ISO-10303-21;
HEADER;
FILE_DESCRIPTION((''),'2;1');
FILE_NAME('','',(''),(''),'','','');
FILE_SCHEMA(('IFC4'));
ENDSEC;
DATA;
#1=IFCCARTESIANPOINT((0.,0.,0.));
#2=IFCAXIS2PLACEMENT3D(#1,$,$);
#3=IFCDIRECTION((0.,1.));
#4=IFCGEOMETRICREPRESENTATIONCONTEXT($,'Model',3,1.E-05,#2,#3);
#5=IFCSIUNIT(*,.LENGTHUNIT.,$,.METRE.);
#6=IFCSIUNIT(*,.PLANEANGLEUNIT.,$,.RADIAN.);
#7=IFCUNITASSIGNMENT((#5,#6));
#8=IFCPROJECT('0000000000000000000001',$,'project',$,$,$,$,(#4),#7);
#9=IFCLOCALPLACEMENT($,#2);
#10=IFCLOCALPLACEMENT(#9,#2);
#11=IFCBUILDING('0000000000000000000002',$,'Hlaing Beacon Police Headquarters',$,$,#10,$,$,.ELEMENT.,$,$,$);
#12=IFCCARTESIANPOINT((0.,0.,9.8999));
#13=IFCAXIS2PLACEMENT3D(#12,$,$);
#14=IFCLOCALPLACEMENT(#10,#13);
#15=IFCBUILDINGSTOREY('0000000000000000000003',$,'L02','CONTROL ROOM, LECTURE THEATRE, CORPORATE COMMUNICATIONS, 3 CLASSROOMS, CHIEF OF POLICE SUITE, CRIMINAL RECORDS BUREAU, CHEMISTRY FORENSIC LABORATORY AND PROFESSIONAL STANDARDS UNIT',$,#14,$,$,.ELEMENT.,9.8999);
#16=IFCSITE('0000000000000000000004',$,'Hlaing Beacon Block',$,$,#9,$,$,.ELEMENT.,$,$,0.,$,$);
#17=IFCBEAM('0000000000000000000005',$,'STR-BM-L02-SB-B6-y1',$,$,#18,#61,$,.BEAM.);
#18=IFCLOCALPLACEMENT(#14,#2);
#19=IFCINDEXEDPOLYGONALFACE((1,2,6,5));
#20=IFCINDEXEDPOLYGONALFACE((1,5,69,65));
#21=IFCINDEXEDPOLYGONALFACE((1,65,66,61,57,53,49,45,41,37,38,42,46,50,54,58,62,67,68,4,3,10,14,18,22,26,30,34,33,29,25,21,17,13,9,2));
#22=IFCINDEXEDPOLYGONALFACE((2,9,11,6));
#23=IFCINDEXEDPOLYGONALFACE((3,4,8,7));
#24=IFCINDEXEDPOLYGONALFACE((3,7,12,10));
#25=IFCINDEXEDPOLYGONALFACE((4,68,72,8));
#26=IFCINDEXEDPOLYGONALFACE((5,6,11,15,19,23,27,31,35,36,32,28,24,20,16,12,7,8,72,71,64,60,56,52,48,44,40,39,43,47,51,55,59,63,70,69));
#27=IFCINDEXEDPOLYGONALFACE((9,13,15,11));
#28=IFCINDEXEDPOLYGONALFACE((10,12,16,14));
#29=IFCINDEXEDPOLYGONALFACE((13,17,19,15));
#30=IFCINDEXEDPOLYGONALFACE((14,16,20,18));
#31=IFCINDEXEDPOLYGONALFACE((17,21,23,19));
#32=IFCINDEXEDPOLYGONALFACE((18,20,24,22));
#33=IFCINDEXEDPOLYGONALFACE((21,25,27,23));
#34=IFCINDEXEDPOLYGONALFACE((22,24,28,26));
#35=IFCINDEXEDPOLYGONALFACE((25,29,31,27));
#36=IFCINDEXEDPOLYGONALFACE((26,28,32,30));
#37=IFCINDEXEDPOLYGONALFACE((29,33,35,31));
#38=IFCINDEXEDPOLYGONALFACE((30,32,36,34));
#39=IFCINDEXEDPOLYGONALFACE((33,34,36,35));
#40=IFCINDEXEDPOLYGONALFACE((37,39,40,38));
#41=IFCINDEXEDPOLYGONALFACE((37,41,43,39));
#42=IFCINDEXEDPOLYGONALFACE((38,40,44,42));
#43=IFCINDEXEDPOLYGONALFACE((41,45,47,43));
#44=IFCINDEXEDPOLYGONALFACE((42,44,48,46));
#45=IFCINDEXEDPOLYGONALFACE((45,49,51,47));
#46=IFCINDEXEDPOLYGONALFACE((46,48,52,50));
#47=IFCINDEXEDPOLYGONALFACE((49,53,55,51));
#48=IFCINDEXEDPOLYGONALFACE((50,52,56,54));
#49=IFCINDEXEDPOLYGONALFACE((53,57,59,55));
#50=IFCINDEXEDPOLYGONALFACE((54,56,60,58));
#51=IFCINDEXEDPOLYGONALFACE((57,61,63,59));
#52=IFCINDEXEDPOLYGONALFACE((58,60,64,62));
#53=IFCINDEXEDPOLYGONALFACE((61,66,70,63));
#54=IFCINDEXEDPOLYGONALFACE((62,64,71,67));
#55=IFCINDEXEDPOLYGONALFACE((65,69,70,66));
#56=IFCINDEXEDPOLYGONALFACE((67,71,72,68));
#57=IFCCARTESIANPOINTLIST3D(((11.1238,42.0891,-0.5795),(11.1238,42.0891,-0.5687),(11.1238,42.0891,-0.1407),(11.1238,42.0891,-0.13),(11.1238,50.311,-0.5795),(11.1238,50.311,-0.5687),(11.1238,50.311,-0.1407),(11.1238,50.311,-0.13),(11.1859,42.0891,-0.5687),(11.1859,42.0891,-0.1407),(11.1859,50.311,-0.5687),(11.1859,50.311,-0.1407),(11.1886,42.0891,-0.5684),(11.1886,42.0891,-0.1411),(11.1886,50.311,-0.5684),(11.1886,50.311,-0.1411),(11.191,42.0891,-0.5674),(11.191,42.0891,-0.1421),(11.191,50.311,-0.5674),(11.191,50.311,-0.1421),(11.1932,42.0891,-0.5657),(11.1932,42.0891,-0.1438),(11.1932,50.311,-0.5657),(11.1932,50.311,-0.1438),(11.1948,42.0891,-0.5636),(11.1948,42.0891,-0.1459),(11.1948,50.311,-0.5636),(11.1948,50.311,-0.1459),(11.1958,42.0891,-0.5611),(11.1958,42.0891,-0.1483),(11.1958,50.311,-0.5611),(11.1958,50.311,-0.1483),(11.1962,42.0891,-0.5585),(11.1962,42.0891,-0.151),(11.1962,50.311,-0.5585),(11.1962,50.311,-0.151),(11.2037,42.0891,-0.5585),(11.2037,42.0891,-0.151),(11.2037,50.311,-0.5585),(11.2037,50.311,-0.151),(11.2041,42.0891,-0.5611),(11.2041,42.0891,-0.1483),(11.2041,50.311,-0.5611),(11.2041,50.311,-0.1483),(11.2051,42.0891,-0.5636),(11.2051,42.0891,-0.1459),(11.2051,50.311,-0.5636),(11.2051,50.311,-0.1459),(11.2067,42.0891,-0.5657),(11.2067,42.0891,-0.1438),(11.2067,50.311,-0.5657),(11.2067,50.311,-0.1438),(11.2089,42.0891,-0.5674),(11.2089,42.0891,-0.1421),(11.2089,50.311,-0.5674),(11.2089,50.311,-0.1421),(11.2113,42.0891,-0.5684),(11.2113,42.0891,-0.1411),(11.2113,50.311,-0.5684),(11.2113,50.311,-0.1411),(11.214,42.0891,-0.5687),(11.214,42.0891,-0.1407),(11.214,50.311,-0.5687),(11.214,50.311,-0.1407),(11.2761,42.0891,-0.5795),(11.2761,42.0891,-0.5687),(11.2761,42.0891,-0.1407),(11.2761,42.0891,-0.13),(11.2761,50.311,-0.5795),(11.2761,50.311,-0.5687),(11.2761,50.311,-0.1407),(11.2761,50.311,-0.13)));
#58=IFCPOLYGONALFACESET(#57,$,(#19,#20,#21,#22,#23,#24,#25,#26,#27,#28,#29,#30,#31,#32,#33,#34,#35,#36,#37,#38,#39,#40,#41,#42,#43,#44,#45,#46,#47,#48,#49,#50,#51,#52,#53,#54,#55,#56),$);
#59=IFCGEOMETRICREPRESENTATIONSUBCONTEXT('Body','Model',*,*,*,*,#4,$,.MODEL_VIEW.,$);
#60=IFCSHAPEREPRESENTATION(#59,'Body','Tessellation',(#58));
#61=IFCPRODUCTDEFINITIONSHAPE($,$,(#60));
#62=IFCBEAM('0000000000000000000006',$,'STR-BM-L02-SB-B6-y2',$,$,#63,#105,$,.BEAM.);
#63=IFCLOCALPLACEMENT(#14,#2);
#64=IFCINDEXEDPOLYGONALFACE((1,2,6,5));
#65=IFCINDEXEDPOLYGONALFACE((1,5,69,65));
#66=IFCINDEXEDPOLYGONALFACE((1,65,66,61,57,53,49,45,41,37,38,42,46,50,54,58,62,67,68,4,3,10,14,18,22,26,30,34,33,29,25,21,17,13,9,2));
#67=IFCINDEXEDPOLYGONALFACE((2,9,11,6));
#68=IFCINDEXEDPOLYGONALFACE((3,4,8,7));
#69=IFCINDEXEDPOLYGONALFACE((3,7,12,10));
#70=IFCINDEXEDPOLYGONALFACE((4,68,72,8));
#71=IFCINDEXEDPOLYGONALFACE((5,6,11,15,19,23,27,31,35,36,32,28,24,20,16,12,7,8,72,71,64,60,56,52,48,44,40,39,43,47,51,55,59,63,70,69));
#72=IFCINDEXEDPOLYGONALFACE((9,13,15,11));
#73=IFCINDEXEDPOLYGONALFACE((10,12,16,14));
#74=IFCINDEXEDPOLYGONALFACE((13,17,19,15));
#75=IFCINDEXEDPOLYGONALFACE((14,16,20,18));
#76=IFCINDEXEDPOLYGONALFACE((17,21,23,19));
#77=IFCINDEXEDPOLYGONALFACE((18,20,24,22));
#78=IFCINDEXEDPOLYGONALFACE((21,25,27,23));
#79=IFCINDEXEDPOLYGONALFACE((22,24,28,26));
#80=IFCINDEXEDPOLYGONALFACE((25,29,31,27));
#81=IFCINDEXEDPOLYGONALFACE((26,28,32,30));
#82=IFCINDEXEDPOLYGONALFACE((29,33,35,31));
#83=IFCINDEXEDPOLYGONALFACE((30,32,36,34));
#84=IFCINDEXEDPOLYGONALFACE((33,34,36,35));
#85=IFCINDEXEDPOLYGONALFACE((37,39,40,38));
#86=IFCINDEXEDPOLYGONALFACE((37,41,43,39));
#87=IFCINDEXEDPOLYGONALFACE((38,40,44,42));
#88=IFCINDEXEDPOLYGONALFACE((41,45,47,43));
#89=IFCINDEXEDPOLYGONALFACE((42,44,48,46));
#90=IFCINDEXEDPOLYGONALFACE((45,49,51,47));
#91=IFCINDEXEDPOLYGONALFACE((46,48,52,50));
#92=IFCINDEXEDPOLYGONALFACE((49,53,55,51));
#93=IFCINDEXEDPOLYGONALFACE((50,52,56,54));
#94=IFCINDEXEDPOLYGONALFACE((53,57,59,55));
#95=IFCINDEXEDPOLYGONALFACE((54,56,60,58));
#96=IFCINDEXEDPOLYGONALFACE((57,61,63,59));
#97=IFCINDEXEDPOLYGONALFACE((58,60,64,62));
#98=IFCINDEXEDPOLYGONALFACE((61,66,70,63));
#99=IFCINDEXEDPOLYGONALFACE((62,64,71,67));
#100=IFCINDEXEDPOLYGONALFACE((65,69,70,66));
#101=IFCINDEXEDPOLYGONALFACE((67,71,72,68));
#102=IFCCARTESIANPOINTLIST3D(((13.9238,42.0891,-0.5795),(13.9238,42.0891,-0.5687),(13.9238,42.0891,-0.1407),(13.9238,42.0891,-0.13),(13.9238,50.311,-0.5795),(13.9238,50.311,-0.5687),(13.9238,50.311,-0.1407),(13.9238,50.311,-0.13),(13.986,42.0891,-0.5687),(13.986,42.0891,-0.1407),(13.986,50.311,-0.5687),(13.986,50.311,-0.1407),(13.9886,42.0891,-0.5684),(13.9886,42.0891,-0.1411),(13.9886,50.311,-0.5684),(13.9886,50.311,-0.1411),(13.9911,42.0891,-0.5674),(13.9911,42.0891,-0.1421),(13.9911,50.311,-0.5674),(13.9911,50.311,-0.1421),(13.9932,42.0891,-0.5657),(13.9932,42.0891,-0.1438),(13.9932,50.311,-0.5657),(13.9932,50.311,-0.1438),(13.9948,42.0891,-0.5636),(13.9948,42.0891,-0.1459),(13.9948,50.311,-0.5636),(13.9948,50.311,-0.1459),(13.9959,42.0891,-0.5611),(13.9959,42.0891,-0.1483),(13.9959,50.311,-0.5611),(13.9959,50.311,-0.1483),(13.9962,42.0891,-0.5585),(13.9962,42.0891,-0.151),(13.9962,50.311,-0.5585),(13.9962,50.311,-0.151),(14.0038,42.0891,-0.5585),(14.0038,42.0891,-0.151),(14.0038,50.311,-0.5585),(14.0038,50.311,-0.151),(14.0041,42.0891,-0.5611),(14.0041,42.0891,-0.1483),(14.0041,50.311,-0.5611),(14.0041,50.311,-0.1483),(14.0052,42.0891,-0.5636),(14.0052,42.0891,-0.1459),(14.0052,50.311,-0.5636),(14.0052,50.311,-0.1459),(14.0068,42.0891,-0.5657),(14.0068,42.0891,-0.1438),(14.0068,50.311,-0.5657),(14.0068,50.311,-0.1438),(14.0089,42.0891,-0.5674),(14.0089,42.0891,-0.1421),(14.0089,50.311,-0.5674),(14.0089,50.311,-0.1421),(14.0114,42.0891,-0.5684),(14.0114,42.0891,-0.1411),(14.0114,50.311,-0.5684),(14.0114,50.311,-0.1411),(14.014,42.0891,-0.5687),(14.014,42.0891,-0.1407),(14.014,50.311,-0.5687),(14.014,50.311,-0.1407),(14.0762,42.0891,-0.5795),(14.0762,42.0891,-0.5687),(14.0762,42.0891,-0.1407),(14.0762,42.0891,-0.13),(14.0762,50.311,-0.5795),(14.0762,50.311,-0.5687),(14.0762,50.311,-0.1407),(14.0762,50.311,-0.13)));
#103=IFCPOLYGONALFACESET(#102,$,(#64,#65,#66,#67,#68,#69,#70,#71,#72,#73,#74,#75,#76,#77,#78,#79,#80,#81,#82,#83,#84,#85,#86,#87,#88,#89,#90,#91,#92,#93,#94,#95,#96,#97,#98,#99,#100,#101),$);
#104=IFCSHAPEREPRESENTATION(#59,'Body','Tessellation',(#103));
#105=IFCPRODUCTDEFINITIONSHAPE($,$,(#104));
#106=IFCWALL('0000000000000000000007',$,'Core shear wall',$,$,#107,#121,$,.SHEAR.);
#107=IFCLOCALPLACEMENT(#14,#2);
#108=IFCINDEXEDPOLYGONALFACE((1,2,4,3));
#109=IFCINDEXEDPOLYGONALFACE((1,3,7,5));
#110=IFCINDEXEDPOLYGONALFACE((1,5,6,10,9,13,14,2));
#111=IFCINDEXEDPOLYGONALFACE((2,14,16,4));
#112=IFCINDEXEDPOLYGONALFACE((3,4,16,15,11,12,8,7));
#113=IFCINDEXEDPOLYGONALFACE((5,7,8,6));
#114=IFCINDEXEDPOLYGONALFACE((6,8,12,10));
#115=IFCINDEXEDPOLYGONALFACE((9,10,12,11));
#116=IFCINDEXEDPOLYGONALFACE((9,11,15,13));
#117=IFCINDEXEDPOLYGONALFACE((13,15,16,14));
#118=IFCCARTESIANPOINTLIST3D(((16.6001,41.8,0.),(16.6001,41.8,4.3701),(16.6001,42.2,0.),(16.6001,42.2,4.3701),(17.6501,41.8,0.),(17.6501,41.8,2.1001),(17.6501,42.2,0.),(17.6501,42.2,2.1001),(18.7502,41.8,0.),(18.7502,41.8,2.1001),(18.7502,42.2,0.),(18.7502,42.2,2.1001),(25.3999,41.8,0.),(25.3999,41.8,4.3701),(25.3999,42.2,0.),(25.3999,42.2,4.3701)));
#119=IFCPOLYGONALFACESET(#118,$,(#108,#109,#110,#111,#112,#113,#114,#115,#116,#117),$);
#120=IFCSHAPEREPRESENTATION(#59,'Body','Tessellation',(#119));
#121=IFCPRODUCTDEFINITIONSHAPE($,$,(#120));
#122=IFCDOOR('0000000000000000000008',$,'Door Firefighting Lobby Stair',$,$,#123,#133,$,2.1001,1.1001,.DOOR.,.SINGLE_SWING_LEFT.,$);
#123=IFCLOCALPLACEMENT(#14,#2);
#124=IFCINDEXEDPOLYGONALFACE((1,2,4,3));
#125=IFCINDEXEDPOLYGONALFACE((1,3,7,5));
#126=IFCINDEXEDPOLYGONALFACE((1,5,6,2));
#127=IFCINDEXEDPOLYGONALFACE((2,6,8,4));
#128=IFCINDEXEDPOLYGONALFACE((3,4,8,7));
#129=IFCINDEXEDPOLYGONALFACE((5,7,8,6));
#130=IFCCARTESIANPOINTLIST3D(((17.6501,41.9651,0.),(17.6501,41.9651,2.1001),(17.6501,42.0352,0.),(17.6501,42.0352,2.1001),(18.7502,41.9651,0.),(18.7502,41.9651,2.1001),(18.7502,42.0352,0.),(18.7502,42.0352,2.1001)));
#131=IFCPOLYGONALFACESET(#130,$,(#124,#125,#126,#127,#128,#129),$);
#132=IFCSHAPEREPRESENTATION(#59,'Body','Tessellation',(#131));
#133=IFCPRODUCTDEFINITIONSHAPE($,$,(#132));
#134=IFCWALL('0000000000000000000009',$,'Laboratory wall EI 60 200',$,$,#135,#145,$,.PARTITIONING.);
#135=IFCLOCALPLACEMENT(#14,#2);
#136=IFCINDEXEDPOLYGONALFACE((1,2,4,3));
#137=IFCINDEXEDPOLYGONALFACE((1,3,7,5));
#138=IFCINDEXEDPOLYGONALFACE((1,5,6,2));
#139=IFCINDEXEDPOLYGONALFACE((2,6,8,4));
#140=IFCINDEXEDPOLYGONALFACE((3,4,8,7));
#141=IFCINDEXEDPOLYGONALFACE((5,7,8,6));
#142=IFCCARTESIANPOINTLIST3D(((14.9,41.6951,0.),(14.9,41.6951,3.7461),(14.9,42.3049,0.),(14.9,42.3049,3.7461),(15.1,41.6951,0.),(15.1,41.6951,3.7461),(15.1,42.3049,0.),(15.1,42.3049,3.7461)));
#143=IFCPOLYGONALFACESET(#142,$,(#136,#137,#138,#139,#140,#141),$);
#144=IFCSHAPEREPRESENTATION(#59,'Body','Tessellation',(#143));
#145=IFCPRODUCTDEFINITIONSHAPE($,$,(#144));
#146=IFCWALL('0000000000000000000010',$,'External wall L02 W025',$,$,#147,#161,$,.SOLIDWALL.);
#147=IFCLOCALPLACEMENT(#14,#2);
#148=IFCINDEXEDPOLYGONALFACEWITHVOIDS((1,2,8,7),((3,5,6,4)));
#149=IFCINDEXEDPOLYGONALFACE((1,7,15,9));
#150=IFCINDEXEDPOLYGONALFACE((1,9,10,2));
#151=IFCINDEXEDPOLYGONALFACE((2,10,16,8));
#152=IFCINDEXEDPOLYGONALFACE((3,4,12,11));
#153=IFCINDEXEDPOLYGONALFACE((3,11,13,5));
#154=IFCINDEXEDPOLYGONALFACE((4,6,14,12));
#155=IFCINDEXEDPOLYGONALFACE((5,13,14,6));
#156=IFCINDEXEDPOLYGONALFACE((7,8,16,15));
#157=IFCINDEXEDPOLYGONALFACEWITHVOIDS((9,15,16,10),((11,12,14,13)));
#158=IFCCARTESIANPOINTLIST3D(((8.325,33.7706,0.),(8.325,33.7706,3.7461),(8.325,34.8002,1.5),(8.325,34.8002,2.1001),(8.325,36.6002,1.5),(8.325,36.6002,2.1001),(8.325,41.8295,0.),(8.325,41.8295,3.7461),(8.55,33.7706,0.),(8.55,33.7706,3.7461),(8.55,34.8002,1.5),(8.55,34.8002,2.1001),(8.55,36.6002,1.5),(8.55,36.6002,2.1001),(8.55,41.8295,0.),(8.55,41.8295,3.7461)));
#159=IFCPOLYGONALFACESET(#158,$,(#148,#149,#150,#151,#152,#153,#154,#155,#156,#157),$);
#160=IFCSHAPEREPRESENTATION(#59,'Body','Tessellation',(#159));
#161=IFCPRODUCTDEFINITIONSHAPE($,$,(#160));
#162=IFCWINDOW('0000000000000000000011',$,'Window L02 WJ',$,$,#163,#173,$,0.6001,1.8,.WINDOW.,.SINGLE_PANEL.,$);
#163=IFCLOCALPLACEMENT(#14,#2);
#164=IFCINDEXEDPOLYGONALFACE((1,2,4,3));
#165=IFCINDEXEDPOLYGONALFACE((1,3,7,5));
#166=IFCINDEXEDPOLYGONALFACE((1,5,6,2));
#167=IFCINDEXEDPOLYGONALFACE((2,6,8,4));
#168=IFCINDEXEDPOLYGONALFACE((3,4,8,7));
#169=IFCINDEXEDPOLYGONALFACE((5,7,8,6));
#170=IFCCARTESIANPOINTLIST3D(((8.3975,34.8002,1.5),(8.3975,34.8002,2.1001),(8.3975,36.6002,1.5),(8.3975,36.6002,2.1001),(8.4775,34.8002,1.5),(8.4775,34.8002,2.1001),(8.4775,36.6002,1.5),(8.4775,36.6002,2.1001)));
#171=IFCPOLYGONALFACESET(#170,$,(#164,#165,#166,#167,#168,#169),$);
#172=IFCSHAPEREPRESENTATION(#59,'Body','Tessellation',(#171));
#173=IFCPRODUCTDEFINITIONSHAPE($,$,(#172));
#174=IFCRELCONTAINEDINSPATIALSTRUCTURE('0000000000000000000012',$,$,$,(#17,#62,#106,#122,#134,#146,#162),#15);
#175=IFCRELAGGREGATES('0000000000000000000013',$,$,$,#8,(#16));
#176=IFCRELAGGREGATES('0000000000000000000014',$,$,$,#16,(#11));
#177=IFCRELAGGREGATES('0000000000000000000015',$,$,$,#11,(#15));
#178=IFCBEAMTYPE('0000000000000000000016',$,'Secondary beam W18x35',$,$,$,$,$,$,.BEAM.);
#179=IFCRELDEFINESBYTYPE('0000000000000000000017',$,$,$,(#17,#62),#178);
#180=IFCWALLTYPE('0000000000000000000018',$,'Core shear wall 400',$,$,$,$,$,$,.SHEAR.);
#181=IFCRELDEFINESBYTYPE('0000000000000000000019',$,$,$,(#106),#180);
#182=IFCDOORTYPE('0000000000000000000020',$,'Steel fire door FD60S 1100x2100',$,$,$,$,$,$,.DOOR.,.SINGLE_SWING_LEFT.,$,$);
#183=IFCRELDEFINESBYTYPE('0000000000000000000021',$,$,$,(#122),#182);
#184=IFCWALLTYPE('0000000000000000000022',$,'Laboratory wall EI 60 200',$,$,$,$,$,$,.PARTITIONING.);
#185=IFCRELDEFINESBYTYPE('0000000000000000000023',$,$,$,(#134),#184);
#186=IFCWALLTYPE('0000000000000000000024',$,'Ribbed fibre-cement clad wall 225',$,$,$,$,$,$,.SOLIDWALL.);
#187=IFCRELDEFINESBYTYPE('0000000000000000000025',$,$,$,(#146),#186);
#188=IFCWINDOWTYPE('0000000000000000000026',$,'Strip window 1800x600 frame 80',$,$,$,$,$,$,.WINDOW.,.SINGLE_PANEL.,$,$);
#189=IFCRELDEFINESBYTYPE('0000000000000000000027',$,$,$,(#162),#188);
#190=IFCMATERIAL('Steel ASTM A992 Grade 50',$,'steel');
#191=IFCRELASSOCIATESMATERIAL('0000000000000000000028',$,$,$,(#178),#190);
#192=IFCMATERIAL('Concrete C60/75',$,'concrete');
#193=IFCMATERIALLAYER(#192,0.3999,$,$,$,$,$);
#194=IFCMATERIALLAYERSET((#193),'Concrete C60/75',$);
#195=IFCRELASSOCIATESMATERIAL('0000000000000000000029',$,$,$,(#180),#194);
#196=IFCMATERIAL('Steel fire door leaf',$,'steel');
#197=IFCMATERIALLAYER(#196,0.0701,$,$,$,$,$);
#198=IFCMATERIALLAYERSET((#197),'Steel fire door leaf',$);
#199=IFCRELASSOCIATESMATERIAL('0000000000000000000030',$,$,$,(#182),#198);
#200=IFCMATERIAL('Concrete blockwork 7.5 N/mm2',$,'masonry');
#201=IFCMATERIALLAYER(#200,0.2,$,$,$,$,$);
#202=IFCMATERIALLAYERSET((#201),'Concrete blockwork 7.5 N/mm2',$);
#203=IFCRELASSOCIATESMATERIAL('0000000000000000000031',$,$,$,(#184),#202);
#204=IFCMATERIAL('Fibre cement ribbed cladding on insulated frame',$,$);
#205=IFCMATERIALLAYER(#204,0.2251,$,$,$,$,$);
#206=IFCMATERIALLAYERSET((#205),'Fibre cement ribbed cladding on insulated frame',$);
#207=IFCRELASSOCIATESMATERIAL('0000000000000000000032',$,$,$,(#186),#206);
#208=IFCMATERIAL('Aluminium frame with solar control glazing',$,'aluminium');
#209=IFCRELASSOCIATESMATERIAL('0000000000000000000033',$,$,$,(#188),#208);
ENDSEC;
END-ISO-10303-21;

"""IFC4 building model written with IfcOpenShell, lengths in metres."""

from ifc_helpers import new_model, si_unit, direction, frame, frame_2d, origin, origin_2d, place, context, subcontext, project, spatial, rectangle, i_section, extrude, material, layer, layer_set, material_profile, profile_set, type_object, element, fill, save


model = new_model("IFC4")

# Units and contexts
model_context = context("Model", 3, precision=1e-05, world=origin(), true_north=direction((0.0, 1.0)))
body_context = subcontext(model_context, "Body", "Model", "MODEL_VIEW")
ifc_project = project(units=[si_unit("LENGTHUNIT", "METRE"), si_unit("PLANEANGLEUNIT", "RADIAN")], contexts=[model_context])

# Site, building, storey
site_placement = place(None, origin())
site = spatial("IfcSite", under=ifc_project, at=site_placement, Name="Hlaing Beacon Block", CompositionType="ELEMENT", RefElevation=0.0)
building_placement = place(site_placement, origin())
building = spatial("IfcBuilding", under=site, at=building_placement, Name="Hlaing Beacon Police Headquarters", CompositionType="ELEMENT")
storey_placement = place(building_placement, frame((0.0, 0.0, 9.8999)))
storey = spatial("IfcBuildingStorey", under=building, at=storey_placement, Name="L02", Description="CONTROL ROOM, LECTURE THEATRE, CORPORATE COMMUNICATIONS, 3 CLASSROOMS, CHIEF OF POLICE SUITE, CRIMINAL RECORDS BUREAU, CHEMISTRY FORENSIC LABORATORY AND PROFESSIONAL STANDARDS UNIT", CompositionType="ELEMENT", Elevation=9.8999)

# Beams
ifc_material_1 = material(Name="Steel ASTM A992 Grade 50", Category="steel")
ifc_material_profile_1 = material_profile(ifc_material_1, i_section(OverallWidth=0.1523, OverallDepth=0.4495, WebThickness=0.0076, FlangeThickness=0.0107, FilletRadius=0.0103, at=origin_2d()), Name="W18x35")
ifc_profile_set_1 = profile_set([ifc_material_profile_1], Name="Steel ASTM A992 Grade 50")
beam_type_1 = type_object("IfcBeamType", Name="Secondary beam W18x35", PredefinedType="BEAM", material=ifc_profile_set_1)
for number, where, z_axis, x_axis, name in (
    (1, (11.2, 42.0891, -0.3547), (0.0, 1.0, 0.0), (-1.0, 0.0, 0.0), "STR-BM-L02-SB-B6-y1"),
    (2, (14.0, 42.0891, -0.3547), (0.0, 1.0, 0.0), (-1.0, 0.0, 0.0), "STR-BM-L02-SB-B6-y2"),
):
    element("IfcBeam", number, at=place(storey_placement, frame(where, z_axis=z_axis, x_axis=x_axis)), inside=storey, type_object=beam_type_1, Name=name, PredefinedType="BEAM", context=body_context, shape_type="SweptSolid", body=[
        extrude(i_section(OverallWidth=0.1523, OverallDepth=0.4495, WebThickness=0.0076, FlangeThickness=0.0107, FilletRadius=0.0103, at=origin_2d()), origin(), (0.0, 0.0, 1.0), 8.2219),
    ])

# Wall, opening, door
ifc_material_2 = material(Name="Concrete C60/75", Category="concrete")
ifc_layer_1 = layer(ifc_material_2, 0.3999)
ifc_layer_set_1 = layer_set([ifc_layer_1], Name="Concrete C60/75")
wall_type_1 = type_object("IfcWallType", Name="Core shear wall 400", PredefinedType="SHEAR", material=ifc_layer_set_1)
wall_1_placement = place(storey_placement, frame((16.6001, 42.0, 0.0), z_axis=(0.0, 0.0, 1.0), x_axis=(1.0, 0.0, 0.0)))
wall_1 = element("IfcWall", 3, at=wall_1_placement, inside=storey, type_object=wall_type_1, Name="Core shear wall", PredefinedType="SHEAR", context=body_context, shape_type="SweptSolid", body=[
    extrude(rectangle(XDim=8.7998, YDim=0.3999, at=frame_2d((4.3999, 0.0))), origin(), (0.0, 0.0, 1.0), 4.3701),
])
opening_1_placement = place(wall_1_placement, frame((1.05, 0.0, 0.0)))
opening_1 = element("IfcOpeningElement", 4, at=opening_1_placement, cuts=wall_1, PredefinedType="OPENING", context=body_context, shape_type="SweptSolid", body=[
    extrude(rectangle(XDim=1.1001, YDim=2.1001, at=frame_2d((0.55, 1.05))), frame((0.0, 0.21, 0.0), z_axis=(0.0, -1.0, 0.0), x_axis=(1.0, 0.0, 0.0)), (0.0, 0.0, 1.0), 0.4199),
])
ifc_material_3 = material(Name="Steel fire door leaf", Category="steel")
ifc_layer_2 = layer(ifc_material_3, 0.0701)
ifc_layer_set_2 = layer_set([ifc_layer_2], Name="Steel fire door leaf")
door_type_1 = type_object("IfcDoorType", Name="Steel fire door FD60S 1100x2100", OperationType="SINGLE_SWING_LEFT", PredefinedType="DOOR", material=ifc_layer_set_2)
door_1_placement = place(opening_1_placement, frame((1.1001, 0.0, 0.0), z_axis=(0.0, 0.0, 1.0), x_axis=(-1.0, 0.0, 0.0)))
door_1 = element("IfcDoor", 5, at=door_1_placement, inside=storey, type_object=door_type_1, Name="Door Firefighting Lobby Stair", OperationType="SINGLE_SWING_LEFT", OverallHeight=2.1001, OverallWidth=1.1001, PredefinedType="DOOR", context=body_context, shape_type="SweptSolid", body=[
    extrude(rectangle(XDim=1.1001, YDim=2.1001, at=frame_2d((0.55, 1.05))), frame((0.0, 0.0349, 0.0), z_axis=(0.0, -1.0, 0.0), x_axis=(1.0, 0.0, 0.0)), (0.0, 0.0, 1.0), 0.0701),
])
fill(opening_1, door_1)

# Wall
ifc_material_4 = material(Name="Concrete blockwork 7.5 N/mm2", Category="masonry")
ifc_layer_3 = layer(ifc_material_4, 0.2)
ifc_layer_set_3 = layer_set([ifc_layer_3], Name="Concrete blockwork 7.5 N/mm2")
wall_type_2 = type_object("IfcWallType", Name="Laboratory wall EI 60 200", PredefinedType="PARTITIONING", material=ifc_layer_set_3)
wall_2_placement = place(storey_placement, frame((15.0, 41.6951, 0.0), z_axis=(0.0, 0.0, 1.0), x_axis=(0.0, 1.0, 0.0)))
element("IfcWall", 6, at=wall_2_placement, inside=storey, type_object=wall_type_2, Name="Laboratory wall EI 60 200", PredefinedType="PARTITIONING", context=body_context, shape_type="SweptSolid", body=[
    extrude(rectangle(XDim=0.6099, YDim=0.2, at=frame_2d((0.3049, 0.0))), origin(), (0.0, 0.0, 1.0), 3.7461),
])

# Wall, opening, window
ifc_material_5 = material(Name="Fibre cement ribbed cladding on insulated frame")
ifc_layer_4 = layer(ifc_material_5, 0.2251)
ifc_layer_set_4 = layer_set([ifc_layer_4], Name="Fibre cement ribbed cladding on insulated frame")
wall_type_3 = type_object("IfcWallType", Name="Ribbed fibre-cement clad wall 225", PredefinedType="SOLIDWALL", material=ifc_layer_set_4)
wall_3_placement = place(storey_placement, frame((8.4375, 41.8293, 0.0), z_axis=(0.0, 0.0, 1.0), x_axis=(0.0, -1.0, 0.0)))
wall_3 = element("IfcWall", 7, at=wall_3_placement, inside=storey, type_object=wall_type_3, Name="External wall L02 W025", PredefinedType="SOLIDWALL", context=body_context, shape_type="SweptSolid", body=[
    extrude(rectangle(XDim=8.0588, YDim=0.2251, at=frame_2d((4.0293, 0.0))), origin(), (0.0, 0.0, 1.0), 3.7461),
])
opening_2_placement = place(wall_3_placement, frame((5.2292, 0.0, 1.5)))
opening_2 = element("IfcOpeningElement", 8, at=opening_2_placement, cuts=wall_3, PredefinedType="OPENING", context=body_context, shape_type="SweptSolid", body=[
    extrude(rectangle(XDim=1.8, YDim=0.6001, at=frame_2d((0.8999, 0.3))), frame((0.0, 0.1226, 0.0), z_axis=(0.0, -1.0, 0.0), x_axis=(1.0, 0.0, 0.0)), (0.0, 0.0, 1.0), 0.2451),
])
ifc_material_6 = material(Name="Aluminium frame with solar control glazing", Category="aluminium")
window_type = type_object("IfcWindowType", Name="Strip window 1800x600 frame 80", PartitioningType="SINGLE_PANEL", PredefinedType="WINDOW", material=ifc_material_6)
window_placement = place(opening_2_placement, origin())
window = element("IfcWindow", 9, at=window_placement, inside=storey, type_object=window_type, Name="Window L02 WJ", OverallHeight=0.6001, OverallWidth=1.8, PartitioningType="SINGLE_PANEL", PredefinedType="WINDOW", context=body_context, shape_type="SweptSolid", body=[
    extrude(rectangle(XDim=1.8, YDim=0.6001, at=frame_2d((0.8999, 0.3))), frame((0.0, 0.04, 0.0), z_axis=(0.0, -1.0, 0.0), x_axis=(1.0, 0.0, 0.0)), (0.0, 0.0, 1.0), 0.0801),
])
fill(opening_2, window)

save(model, "model.ifc")
